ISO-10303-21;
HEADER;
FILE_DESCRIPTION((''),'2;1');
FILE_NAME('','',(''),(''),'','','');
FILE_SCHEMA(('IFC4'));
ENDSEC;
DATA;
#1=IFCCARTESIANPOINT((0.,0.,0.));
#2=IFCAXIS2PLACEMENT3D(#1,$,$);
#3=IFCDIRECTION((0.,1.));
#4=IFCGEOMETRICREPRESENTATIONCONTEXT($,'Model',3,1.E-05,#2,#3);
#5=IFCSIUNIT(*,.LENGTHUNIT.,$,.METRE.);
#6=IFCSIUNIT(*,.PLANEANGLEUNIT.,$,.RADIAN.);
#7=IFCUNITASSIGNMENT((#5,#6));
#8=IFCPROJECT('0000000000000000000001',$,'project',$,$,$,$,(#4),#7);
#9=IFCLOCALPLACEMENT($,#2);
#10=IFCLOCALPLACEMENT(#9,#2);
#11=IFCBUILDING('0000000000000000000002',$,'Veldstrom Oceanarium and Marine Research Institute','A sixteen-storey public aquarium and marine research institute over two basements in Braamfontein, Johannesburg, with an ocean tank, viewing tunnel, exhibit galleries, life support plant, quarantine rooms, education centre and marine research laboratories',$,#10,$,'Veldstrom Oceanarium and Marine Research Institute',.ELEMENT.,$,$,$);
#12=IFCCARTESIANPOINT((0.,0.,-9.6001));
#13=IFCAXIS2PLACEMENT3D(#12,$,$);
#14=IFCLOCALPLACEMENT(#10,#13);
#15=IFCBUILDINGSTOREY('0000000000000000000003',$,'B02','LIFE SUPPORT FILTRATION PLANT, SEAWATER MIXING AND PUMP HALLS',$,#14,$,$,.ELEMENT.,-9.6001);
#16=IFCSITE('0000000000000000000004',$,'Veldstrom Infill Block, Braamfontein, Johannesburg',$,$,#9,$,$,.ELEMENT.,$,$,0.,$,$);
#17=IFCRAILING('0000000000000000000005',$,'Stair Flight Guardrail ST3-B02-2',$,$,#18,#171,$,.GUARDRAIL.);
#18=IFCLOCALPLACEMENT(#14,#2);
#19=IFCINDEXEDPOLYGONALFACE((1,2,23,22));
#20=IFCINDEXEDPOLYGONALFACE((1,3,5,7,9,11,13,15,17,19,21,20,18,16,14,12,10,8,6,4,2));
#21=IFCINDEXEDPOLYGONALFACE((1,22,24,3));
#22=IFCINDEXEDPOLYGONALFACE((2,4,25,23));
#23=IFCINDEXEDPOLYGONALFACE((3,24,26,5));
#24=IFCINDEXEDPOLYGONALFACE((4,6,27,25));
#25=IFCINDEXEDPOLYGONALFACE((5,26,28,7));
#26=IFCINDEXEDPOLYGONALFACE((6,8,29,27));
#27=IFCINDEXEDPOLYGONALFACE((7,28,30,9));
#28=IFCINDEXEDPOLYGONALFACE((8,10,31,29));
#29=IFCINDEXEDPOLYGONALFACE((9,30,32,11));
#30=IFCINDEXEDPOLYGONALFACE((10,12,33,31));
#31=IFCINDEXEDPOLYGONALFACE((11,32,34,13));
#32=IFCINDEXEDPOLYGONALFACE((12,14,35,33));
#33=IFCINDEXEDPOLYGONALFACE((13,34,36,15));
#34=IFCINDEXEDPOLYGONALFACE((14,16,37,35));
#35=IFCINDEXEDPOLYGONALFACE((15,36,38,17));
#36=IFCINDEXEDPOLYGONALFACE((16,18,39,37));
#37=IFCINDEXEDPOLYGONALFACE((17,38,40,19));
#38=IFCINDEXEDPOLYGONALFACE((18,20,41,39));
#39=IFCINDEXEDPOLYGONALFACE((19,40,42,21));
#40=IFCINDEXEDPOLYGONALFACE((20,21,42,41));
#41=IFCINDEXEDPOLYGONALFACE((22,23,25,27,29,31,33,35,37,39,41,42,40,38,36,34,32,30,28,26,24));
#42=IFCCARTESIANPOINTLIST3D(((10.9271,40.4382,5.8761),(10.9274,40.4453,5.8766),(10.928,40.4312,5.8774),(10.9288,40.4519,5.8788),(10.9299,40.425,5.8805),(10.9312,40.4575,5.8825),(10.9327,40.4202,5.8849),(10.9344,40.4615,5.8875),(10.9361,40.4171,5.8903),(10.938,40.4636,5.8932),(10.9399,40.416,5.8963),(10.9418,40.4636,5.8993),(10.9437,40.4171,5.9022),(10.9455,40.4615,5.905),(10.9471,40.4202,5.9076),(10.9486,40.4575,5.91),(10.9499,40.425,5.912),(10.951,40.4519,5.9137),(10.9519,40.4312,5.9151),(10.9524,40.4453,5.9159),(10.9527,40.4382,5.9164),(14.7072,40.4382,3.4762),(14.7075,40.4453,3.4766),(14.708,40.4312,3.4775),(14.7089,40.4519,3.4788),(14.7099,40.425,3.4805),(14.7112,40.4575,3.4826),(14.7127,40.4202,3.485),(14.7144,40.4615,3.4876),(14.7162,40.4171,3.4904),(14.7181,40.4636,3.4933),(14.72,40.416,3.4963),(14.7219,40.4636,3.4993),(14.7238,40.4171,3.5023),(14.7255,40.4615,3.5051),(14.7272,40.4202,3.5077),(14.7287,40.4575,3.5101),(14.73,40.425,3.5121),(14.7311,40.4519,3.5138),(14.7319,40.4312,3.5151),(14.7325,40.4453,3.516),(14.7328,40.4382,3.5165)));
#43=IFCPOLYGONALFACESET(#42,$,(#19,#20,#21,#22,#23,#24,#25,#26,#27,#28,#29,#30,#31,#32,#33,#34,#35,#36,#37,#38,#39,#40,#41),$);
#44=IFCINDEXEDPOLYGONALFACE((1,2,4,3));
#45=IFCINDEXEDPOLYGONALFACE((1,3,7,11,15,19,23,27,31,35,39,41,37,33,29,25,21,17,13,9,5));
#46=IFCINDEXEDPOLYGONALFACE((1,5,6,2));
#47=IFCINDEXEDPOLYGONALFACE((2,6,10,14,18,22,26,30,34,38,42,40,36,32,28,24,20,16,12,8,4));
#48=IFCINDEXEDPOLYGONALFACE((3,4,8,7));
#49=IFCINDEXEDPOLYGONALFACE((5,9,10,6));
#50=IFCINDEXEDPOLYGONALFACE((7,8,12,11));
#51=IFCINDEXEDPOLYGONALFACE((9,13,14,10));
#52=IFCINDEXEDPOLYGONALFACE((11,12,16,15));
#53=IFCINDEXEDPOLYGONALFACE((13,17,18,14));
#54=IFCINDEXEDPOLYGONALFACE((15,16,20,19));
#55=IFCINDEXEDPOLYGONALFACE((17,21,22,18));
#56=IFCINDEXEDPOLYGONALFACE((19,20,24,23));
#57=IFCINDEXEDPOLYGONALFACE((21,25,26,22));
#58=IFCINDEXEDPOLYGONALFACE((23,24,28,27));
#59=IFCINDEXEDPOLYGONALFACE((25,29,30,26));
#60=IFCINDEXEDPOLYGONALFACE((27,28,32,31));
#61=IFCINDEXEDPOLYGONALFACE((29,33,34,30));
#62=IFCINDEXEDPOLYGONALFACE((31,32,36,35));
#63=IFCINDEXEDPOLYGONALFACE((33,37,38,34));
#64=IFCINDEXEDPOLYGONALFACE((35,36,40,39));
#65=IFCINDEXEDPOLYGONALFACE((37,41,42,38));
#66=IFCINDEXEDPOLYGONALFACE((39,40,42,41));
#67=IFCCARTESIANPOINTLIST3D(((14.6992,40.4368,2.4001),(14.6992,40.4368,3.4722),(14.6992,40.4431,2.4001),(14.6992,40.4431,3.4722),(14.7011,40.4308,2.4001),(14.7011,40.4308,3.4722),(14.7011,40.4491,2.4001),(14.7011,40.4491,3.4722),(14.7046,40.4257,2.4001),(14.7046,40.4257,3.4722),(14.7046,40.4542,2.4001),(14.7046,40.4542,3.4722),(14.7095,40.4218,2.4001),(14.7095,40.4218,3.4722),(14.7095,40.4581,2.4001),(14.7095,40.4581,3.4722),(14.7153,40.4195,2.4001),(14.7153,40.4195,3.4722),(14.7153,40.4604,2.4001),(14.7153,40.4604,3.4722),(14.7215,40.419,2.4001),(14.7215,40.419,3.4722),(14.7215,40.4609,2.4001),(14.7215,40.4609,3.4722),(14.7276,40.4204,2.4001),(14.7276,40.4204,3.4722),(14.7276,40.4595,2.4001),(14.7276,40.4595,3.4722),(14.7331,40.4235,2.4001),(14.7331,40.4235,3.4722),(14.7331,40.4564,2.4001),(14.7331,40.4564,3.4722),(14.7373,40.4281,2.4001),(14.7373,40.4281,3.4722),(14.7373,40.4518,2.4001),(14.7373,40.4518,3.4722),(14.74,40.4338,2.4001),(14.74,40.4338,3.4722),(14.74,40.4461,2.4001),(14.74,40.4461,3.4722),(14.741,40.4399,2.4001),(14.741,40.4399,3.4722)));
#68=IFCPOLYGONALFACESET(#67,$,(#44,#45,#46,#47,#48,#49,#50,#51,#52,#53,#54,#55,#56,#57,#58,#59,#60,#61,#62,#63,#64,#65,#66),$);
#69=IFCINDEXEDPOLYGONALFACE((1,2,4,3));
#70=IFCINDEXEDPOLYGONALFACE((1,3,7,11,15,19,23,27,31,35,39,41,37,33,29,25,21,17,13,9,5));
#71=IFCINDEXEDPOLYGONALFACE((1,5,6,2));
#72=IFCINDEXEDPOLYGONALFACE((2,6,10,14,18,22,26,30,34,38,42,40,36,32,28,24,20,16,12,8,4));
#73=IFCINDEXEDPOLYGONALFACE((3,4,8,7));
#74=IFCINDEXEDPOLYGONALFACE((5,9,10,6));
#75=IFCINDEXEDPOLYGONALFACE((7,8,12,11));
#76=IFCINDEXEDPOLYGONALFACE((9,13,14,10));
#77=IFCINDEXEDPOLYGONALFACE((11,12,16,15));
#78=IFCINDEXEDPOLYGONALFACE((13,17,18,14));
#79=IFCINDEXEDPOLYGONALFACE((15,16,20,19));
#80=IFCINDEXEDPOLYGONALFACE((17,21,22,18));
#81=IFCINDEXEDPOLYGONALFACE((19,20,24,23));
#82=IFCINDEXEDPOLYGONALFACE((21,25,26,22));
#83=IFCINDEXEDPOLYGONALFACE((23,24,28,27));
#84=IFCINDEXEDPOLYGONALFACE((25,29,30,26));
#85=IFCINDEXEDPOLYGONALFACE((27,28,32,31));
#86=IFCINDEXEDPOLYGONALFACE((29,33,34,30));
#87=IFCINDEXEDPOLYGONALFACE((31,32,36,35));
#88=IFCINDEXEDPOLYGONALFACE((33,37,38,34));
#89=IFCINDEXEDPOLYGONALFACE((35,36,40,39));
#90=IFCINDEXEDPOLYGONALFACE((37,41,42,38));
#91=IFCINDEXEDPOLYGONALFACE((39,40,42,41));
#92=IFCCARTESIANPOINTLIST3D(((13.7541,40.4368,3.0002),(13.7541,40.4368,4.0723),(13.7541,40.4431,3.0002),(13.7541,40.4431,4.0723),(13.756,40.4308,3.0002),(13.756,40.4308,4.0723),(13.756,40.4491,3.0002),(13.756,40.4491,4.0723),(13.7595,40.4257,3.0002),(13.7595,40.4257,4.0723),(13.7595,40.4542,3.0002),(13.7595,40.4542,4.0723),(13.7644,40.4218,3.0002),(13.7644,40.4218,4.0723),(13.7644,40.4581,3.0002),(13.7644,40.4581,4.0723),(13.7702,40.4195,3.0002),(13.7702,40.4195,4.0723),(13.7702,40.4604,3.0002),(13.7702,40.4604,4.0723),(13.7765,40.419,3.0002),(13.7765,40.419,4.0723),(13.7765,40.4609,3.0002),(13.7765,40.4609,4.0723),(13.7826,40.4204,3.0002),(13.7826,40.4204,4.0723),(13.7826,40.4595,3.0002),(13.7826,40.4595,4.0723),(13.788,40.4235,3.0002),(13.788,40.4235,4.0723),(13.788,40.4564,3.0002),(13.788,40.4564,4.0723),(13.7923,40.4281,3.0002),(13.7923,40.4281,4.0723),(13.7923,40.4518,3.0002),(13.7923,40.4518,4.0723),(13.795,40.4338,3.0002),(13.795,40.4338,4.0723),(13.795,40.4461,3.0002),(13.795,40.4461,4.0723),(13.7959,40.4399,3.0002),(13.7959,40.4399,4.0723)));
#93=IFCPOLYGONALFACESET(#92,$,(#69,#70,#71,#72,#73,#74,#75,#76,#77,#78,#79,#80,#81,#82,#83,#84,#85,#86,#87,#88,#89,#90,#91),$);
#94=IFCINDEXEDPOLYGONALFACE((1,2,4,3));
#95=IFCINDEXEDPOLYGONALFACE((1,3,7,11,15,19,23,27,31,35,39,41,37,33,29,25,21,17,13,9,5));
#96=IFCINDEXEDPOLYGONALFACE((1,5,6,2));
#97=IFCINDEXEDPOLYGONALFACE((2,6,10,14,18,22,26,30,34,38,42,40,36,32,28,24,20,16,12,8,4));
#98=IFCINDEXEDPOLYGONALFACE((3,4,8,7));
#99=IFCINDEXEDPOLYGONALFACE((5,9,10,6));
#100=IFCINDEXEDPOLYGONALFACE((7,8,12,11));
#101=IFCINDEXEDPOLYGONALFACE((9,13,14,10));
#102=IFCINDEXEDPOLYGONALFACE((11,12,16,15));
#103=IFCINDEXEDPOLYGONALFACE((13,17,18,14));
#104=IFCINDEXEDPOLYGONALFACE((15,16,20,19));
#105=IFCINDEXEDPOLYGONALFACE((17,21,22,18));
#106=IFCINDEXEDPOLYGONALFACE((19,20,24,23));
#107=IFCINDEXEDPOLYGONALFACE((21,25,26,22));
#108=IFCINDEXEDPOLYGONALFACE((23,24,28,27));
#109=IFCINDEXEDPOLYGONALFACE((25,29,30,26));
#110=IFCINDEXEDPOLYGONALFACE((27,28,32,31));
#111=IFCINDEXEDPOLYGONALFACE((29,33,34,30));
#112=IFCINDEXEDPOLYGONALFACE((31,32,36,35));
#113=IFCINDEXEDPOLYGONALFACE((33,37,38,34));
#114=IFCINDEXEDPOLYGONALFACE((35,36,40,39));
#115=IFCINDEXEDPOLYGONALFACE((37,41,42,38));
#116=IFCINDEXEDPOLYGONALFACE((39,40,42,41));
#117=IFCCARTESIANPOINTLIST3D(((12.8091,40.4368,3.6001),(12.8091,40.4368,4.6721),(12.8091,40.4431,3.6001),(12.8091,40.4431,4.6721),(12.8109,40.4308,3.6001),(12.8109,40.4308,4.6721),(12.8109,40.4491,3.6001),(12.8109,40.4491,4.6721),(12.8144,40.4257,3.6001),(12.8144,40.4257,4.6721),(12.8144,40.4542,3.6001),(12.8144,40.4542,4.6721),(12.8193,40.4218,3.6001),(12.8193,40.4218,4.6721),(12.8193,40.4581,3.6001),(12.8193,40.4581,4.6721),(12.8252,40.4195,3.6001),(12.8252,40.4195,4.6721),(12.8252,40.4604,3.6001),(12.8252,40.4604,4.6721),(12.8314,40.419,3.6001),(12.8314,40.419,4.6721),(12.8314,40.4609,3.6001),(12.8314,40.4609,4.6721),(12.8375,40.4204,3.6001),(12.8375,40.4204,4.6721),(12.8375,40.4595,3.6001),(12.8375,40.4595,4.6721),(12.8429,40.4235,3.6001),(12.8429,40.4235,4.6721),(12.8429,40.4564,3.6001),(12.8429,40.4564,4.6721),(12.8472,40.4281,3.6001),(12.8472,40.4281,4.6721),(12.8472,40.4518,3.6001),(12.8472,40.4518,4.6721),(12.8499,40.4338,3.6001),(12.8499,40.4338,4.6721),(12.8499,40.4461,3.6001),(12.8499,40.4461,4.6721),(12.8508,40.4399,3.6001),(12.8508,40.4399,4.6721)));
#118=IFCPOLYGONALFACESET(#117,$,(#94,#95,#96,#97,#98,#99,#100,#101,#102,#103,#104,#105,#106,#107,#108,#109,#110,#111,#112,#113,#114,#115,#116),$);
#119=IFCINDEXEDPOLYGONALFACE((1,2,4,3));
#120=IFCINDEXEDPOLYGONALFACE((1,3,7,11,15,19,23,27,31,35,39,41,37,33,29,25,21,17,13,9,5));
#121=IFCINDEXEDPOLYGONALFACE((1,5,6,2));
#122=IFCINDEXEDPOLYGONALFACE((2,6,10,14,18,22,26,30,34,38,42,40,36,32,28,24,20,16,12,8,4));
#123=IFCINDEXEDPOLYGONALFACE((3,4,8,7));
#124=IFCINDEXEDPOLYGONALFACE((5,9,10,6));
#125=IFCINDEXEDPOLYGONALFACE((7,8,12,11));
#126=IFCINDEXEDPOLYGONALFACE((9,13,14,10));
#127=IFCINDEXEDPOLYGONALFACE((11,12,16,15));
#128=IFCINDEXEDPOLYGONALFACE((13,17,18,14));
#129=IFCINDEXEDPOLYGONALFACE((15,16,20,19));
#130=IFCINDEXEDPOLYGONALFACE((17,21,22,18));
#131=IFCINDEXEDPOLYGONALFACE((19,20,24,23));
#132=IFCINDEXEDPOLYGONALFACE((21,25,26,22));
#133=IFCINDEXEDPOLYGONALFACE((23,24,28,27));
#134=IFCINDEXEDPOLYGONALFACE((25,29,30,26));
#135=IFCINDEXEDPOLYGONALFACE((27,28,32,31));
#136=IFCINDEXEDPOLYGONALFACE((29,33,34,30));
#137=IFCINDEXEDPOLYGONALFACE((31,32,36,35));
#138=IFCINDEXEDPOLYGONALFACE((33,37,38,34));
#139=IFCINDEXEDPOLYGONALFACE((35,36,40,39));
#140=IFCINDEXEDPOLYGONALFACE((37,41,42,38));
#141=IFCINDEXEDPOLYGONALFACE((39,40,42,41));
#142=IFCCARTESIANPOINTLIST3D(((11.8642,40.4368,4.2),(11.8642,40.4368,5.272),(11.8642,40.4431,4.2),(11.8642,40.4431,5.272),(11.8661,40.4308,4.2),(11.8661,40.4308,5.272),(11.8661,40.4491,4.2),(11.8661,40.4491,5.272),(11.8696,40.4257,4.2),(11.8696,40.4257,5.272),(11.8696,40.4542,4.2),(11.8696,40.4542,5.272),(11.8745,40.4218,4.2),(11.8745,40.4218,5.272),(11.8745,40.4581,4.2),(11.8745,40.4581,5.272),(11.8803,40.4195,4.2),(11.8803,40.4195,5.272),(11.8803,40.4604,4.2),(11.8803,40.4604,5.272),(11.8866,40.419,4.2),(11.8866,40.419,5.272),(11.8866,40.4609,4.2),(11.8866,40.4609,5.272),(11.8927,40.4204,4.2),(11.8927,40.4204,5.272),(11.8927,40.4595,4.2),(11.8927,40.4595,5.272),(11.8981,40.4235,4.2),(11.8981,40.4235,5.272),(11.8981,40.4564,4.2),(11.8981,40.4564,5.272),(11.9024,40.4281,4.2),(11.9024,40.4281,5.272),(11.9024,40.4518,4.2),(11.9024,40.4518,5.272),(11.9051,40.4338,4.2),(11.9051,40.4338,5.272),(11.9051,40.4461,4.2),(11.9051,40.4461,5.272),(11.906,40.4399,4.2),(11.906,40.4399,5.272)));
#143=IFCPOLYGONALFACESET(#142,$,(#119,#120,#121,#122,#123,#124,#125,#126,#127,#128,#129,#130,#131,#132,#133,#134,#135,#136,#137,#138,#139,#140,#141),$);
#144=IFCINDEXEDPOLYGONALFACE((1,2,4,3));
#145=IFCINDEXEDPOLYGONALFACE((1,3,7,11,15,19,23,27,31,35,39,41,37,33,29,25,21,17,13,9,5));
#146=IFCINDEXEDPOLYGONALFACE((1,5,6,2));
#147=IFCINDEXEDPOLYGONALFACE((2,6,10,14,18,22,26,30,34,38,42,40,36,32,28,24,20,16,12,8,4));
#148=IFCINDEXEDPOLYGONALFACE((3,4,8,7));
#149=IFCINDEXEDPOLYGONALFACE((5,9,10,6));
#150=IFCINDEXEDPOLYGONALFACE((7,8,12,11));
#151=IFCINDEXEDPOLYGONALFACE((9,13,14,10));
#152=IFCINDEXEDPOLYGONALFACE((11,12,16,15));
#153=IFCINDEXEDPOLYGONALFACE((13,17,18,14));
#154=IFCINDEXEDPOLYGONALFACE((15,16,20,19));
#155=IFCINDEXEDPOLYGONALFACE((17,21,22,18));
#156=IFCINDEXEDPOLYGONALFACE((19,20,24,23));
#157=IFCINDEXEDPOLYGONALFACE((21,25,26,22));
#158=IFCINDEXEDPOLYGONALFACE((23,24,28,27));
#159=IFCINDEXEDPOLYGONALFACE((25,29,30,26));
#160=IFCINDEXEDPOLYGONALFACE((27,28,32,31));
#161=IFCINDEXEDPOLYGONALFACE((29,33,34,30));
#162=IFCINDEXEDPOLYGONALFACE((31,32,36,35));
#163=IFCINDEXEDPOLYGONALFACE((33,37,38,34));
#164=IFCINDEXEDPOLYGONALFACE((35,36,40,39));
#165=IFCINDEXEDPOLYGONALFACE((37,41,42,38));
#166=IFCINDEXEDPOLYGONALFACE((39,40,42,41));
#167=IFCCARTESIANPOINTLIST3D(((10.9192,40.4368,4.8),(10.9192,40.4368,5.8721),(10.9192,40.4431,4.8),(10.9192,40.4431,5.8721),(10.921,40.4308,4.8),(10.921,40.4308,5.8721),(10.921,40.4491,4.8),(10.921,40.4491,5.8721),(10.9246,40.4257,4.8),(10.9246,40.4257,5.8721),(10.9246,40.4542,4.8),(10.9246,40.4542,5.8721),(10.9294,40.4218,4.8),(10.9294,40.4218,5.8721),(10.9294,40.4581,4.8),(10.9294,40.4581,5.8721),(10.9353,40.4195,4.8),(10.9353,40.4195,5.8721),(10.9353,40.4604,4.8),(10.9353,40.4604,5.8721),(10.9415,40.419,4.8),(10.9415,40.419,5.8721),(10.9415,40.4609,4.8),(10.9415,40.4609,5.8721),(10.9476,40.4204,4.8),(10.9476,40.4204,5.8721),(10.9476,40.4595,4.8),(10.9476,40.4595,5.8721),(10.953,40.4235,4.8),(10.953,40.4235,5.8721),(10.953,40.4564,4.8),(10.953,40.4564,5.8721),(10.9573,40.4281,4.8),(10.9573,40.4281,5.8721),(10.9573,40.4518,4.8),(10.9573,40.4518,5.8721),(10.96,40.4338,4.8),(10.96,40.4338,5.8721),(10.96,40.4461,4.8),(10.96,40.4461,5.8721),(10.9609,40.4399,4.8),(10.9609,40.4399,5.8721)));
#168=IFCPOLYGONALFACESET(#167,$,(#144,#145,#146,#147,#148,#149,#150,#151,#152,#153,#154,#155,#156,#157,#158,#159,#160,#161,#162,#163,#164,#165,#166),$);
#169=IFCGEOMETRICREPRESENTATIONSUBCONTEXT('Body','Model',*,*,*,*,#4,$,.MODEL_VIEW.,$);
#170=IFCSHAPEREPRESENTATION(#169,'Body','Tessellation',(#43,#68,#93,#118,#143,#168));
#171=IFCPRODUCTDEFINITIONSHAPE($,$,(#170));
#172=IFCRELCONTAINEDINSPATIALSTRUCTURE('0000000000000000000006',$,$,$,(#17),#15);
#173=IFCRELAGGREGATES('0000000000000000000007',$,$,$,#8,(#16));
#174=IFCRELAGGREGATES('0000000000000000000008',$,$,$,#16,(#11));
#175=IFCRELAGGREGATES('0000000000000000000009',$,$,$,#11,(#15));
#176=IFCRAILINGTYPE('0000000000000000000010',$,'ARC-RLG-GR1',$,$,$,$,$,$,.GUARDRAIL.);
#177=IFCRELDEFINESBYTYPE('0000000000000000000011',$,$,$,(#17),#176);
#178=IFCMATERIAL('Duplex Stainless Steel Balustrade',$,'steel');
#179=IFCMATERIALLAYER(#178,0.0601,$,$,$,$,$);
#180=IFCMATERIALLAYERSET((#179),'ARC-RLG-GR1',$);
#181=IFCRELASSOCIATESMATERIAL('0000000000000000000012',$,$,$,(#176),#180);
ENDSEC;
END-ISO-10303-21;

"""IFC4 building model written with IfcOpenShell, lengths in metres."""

from ifc_helpers import new_model, si_unit, direction, frame, origin, origin_2d, place, context, subcontext, project, spatial, circle, extrude, material, layer, layer_set, type_object, element, save


model = new_model("IFC4")

# Units and contexts
model_context = context("Model", 3, precision=1e-05, world=origin(), true_north=direction((0.0, 1.0)))
body_context = subcontext(model_context, "Body", "Model", "MODEL_VIEW")
ifc_project = project(units=[si_unit("LENGTHUNIT", "METRE"), si_unit("PLANEANGLEUNIT", "RADIAN")], contexts=[model_context])

# Site, building, storey
site_placement = place(None, origin())
site = spatial("IfcSite", under=ifc_project, at=site_placement, Name="Veldstrom Infill Block, Braamfontein, Johannesburg", CompositionType="ELEMENT", RefElevation=0.0)
building_placement = place(site_placement, origin())
building = spatial("IfcBuilding", under=site, at=building_placement, Name="Veldstrom Oceanarium and Marine Research Institute", Description="A sixteen-storey public aquarium and marine research institute over two basements in Braamfontein, Johannesburg, with an ocean tank, viewing tunnel, exhibit galleries, life support plant, quarantine rooms, education centre and marine research laboratories", LongName="Veldstrom Oceanarium and Marine Research Institute", CompositionType="ELEMENT")
storey_placement = place(building_placement, frame((0.0, 0.0, -9.6001)))
storey = spatial("IfcBuildingStorey", under=building, at=storey_placement, Name="B02", Description="LIFE SUPPORT FILTRATION PLANT, SEAWATER MIXING AND PUMP HALLS", CompositionType="ELEMENT", Elevation=-9.6001)

# Railing
ifc_material_1 = material(Name="Duplex Stainless Steel Balustrade", Category="steel")
ifc_layer_1 = layer(ifc_material_1, 0.0601)
ifc_layer_set_1 = layer_set([ifc_layer_1], Name="ARC-RLG-GR1")
railing_type_1 = type_object("IfcRailingType", Name="ARC-RLG-GR1", PredefinedType="GUARDRAIL", material=ifc_layer_set_1)
railing_1_placement = place(storey_placement, frame((14.72, 40.4399, 2.4001)))
element("IfcRailing", 1, at=railing_1_placement, inside=storey, type_object=railing_type_1, Name="Stair Flight Guardrail ST3-B02-2", PredefinedType="GUARDRAIL", context=body_context, shape_type="SweptSolid", body=[
    extrude(circle(Radius=0.0239, at=origin_2d()), frame((0.0, 0.0, 1.0962), z_axis=(-0.844225, 0.0, 0.53599), x_axis=(0.0, -1.0, 0.0)), (0.0, 0.0, 1.0), 4.4775),
    extrude(circle(Radius=0.021, at=origin_2d()), origin(), (0.0, 0.0, 1.0), 1.072),
    extrude(circle(Radius=0.021, at=origin_2d()), frame((-0.9451, 0.0, 0.6001)), (0.0, 0.0, 1.0), 1.072),
    extrude(circle(Radius=0.021, at=origin_2d()), frame((-1.8901, 0.0, 1.2)), (0.0, 0.0, 1.0), 1.072),
    extrude(circle(Radius=0.021, at=origin_2d()), frame((-2.835, 0.0, 1.7998)), (0.0, 0.0, 1.0), 1.072),
    extrude(circle(Radius=0.021, at=origin_2d()), frame((-3.78, 0.0, 2.3999)), (0.0, 0.0, 1.0), 1.072),
])

save(model, "model.ifc")
